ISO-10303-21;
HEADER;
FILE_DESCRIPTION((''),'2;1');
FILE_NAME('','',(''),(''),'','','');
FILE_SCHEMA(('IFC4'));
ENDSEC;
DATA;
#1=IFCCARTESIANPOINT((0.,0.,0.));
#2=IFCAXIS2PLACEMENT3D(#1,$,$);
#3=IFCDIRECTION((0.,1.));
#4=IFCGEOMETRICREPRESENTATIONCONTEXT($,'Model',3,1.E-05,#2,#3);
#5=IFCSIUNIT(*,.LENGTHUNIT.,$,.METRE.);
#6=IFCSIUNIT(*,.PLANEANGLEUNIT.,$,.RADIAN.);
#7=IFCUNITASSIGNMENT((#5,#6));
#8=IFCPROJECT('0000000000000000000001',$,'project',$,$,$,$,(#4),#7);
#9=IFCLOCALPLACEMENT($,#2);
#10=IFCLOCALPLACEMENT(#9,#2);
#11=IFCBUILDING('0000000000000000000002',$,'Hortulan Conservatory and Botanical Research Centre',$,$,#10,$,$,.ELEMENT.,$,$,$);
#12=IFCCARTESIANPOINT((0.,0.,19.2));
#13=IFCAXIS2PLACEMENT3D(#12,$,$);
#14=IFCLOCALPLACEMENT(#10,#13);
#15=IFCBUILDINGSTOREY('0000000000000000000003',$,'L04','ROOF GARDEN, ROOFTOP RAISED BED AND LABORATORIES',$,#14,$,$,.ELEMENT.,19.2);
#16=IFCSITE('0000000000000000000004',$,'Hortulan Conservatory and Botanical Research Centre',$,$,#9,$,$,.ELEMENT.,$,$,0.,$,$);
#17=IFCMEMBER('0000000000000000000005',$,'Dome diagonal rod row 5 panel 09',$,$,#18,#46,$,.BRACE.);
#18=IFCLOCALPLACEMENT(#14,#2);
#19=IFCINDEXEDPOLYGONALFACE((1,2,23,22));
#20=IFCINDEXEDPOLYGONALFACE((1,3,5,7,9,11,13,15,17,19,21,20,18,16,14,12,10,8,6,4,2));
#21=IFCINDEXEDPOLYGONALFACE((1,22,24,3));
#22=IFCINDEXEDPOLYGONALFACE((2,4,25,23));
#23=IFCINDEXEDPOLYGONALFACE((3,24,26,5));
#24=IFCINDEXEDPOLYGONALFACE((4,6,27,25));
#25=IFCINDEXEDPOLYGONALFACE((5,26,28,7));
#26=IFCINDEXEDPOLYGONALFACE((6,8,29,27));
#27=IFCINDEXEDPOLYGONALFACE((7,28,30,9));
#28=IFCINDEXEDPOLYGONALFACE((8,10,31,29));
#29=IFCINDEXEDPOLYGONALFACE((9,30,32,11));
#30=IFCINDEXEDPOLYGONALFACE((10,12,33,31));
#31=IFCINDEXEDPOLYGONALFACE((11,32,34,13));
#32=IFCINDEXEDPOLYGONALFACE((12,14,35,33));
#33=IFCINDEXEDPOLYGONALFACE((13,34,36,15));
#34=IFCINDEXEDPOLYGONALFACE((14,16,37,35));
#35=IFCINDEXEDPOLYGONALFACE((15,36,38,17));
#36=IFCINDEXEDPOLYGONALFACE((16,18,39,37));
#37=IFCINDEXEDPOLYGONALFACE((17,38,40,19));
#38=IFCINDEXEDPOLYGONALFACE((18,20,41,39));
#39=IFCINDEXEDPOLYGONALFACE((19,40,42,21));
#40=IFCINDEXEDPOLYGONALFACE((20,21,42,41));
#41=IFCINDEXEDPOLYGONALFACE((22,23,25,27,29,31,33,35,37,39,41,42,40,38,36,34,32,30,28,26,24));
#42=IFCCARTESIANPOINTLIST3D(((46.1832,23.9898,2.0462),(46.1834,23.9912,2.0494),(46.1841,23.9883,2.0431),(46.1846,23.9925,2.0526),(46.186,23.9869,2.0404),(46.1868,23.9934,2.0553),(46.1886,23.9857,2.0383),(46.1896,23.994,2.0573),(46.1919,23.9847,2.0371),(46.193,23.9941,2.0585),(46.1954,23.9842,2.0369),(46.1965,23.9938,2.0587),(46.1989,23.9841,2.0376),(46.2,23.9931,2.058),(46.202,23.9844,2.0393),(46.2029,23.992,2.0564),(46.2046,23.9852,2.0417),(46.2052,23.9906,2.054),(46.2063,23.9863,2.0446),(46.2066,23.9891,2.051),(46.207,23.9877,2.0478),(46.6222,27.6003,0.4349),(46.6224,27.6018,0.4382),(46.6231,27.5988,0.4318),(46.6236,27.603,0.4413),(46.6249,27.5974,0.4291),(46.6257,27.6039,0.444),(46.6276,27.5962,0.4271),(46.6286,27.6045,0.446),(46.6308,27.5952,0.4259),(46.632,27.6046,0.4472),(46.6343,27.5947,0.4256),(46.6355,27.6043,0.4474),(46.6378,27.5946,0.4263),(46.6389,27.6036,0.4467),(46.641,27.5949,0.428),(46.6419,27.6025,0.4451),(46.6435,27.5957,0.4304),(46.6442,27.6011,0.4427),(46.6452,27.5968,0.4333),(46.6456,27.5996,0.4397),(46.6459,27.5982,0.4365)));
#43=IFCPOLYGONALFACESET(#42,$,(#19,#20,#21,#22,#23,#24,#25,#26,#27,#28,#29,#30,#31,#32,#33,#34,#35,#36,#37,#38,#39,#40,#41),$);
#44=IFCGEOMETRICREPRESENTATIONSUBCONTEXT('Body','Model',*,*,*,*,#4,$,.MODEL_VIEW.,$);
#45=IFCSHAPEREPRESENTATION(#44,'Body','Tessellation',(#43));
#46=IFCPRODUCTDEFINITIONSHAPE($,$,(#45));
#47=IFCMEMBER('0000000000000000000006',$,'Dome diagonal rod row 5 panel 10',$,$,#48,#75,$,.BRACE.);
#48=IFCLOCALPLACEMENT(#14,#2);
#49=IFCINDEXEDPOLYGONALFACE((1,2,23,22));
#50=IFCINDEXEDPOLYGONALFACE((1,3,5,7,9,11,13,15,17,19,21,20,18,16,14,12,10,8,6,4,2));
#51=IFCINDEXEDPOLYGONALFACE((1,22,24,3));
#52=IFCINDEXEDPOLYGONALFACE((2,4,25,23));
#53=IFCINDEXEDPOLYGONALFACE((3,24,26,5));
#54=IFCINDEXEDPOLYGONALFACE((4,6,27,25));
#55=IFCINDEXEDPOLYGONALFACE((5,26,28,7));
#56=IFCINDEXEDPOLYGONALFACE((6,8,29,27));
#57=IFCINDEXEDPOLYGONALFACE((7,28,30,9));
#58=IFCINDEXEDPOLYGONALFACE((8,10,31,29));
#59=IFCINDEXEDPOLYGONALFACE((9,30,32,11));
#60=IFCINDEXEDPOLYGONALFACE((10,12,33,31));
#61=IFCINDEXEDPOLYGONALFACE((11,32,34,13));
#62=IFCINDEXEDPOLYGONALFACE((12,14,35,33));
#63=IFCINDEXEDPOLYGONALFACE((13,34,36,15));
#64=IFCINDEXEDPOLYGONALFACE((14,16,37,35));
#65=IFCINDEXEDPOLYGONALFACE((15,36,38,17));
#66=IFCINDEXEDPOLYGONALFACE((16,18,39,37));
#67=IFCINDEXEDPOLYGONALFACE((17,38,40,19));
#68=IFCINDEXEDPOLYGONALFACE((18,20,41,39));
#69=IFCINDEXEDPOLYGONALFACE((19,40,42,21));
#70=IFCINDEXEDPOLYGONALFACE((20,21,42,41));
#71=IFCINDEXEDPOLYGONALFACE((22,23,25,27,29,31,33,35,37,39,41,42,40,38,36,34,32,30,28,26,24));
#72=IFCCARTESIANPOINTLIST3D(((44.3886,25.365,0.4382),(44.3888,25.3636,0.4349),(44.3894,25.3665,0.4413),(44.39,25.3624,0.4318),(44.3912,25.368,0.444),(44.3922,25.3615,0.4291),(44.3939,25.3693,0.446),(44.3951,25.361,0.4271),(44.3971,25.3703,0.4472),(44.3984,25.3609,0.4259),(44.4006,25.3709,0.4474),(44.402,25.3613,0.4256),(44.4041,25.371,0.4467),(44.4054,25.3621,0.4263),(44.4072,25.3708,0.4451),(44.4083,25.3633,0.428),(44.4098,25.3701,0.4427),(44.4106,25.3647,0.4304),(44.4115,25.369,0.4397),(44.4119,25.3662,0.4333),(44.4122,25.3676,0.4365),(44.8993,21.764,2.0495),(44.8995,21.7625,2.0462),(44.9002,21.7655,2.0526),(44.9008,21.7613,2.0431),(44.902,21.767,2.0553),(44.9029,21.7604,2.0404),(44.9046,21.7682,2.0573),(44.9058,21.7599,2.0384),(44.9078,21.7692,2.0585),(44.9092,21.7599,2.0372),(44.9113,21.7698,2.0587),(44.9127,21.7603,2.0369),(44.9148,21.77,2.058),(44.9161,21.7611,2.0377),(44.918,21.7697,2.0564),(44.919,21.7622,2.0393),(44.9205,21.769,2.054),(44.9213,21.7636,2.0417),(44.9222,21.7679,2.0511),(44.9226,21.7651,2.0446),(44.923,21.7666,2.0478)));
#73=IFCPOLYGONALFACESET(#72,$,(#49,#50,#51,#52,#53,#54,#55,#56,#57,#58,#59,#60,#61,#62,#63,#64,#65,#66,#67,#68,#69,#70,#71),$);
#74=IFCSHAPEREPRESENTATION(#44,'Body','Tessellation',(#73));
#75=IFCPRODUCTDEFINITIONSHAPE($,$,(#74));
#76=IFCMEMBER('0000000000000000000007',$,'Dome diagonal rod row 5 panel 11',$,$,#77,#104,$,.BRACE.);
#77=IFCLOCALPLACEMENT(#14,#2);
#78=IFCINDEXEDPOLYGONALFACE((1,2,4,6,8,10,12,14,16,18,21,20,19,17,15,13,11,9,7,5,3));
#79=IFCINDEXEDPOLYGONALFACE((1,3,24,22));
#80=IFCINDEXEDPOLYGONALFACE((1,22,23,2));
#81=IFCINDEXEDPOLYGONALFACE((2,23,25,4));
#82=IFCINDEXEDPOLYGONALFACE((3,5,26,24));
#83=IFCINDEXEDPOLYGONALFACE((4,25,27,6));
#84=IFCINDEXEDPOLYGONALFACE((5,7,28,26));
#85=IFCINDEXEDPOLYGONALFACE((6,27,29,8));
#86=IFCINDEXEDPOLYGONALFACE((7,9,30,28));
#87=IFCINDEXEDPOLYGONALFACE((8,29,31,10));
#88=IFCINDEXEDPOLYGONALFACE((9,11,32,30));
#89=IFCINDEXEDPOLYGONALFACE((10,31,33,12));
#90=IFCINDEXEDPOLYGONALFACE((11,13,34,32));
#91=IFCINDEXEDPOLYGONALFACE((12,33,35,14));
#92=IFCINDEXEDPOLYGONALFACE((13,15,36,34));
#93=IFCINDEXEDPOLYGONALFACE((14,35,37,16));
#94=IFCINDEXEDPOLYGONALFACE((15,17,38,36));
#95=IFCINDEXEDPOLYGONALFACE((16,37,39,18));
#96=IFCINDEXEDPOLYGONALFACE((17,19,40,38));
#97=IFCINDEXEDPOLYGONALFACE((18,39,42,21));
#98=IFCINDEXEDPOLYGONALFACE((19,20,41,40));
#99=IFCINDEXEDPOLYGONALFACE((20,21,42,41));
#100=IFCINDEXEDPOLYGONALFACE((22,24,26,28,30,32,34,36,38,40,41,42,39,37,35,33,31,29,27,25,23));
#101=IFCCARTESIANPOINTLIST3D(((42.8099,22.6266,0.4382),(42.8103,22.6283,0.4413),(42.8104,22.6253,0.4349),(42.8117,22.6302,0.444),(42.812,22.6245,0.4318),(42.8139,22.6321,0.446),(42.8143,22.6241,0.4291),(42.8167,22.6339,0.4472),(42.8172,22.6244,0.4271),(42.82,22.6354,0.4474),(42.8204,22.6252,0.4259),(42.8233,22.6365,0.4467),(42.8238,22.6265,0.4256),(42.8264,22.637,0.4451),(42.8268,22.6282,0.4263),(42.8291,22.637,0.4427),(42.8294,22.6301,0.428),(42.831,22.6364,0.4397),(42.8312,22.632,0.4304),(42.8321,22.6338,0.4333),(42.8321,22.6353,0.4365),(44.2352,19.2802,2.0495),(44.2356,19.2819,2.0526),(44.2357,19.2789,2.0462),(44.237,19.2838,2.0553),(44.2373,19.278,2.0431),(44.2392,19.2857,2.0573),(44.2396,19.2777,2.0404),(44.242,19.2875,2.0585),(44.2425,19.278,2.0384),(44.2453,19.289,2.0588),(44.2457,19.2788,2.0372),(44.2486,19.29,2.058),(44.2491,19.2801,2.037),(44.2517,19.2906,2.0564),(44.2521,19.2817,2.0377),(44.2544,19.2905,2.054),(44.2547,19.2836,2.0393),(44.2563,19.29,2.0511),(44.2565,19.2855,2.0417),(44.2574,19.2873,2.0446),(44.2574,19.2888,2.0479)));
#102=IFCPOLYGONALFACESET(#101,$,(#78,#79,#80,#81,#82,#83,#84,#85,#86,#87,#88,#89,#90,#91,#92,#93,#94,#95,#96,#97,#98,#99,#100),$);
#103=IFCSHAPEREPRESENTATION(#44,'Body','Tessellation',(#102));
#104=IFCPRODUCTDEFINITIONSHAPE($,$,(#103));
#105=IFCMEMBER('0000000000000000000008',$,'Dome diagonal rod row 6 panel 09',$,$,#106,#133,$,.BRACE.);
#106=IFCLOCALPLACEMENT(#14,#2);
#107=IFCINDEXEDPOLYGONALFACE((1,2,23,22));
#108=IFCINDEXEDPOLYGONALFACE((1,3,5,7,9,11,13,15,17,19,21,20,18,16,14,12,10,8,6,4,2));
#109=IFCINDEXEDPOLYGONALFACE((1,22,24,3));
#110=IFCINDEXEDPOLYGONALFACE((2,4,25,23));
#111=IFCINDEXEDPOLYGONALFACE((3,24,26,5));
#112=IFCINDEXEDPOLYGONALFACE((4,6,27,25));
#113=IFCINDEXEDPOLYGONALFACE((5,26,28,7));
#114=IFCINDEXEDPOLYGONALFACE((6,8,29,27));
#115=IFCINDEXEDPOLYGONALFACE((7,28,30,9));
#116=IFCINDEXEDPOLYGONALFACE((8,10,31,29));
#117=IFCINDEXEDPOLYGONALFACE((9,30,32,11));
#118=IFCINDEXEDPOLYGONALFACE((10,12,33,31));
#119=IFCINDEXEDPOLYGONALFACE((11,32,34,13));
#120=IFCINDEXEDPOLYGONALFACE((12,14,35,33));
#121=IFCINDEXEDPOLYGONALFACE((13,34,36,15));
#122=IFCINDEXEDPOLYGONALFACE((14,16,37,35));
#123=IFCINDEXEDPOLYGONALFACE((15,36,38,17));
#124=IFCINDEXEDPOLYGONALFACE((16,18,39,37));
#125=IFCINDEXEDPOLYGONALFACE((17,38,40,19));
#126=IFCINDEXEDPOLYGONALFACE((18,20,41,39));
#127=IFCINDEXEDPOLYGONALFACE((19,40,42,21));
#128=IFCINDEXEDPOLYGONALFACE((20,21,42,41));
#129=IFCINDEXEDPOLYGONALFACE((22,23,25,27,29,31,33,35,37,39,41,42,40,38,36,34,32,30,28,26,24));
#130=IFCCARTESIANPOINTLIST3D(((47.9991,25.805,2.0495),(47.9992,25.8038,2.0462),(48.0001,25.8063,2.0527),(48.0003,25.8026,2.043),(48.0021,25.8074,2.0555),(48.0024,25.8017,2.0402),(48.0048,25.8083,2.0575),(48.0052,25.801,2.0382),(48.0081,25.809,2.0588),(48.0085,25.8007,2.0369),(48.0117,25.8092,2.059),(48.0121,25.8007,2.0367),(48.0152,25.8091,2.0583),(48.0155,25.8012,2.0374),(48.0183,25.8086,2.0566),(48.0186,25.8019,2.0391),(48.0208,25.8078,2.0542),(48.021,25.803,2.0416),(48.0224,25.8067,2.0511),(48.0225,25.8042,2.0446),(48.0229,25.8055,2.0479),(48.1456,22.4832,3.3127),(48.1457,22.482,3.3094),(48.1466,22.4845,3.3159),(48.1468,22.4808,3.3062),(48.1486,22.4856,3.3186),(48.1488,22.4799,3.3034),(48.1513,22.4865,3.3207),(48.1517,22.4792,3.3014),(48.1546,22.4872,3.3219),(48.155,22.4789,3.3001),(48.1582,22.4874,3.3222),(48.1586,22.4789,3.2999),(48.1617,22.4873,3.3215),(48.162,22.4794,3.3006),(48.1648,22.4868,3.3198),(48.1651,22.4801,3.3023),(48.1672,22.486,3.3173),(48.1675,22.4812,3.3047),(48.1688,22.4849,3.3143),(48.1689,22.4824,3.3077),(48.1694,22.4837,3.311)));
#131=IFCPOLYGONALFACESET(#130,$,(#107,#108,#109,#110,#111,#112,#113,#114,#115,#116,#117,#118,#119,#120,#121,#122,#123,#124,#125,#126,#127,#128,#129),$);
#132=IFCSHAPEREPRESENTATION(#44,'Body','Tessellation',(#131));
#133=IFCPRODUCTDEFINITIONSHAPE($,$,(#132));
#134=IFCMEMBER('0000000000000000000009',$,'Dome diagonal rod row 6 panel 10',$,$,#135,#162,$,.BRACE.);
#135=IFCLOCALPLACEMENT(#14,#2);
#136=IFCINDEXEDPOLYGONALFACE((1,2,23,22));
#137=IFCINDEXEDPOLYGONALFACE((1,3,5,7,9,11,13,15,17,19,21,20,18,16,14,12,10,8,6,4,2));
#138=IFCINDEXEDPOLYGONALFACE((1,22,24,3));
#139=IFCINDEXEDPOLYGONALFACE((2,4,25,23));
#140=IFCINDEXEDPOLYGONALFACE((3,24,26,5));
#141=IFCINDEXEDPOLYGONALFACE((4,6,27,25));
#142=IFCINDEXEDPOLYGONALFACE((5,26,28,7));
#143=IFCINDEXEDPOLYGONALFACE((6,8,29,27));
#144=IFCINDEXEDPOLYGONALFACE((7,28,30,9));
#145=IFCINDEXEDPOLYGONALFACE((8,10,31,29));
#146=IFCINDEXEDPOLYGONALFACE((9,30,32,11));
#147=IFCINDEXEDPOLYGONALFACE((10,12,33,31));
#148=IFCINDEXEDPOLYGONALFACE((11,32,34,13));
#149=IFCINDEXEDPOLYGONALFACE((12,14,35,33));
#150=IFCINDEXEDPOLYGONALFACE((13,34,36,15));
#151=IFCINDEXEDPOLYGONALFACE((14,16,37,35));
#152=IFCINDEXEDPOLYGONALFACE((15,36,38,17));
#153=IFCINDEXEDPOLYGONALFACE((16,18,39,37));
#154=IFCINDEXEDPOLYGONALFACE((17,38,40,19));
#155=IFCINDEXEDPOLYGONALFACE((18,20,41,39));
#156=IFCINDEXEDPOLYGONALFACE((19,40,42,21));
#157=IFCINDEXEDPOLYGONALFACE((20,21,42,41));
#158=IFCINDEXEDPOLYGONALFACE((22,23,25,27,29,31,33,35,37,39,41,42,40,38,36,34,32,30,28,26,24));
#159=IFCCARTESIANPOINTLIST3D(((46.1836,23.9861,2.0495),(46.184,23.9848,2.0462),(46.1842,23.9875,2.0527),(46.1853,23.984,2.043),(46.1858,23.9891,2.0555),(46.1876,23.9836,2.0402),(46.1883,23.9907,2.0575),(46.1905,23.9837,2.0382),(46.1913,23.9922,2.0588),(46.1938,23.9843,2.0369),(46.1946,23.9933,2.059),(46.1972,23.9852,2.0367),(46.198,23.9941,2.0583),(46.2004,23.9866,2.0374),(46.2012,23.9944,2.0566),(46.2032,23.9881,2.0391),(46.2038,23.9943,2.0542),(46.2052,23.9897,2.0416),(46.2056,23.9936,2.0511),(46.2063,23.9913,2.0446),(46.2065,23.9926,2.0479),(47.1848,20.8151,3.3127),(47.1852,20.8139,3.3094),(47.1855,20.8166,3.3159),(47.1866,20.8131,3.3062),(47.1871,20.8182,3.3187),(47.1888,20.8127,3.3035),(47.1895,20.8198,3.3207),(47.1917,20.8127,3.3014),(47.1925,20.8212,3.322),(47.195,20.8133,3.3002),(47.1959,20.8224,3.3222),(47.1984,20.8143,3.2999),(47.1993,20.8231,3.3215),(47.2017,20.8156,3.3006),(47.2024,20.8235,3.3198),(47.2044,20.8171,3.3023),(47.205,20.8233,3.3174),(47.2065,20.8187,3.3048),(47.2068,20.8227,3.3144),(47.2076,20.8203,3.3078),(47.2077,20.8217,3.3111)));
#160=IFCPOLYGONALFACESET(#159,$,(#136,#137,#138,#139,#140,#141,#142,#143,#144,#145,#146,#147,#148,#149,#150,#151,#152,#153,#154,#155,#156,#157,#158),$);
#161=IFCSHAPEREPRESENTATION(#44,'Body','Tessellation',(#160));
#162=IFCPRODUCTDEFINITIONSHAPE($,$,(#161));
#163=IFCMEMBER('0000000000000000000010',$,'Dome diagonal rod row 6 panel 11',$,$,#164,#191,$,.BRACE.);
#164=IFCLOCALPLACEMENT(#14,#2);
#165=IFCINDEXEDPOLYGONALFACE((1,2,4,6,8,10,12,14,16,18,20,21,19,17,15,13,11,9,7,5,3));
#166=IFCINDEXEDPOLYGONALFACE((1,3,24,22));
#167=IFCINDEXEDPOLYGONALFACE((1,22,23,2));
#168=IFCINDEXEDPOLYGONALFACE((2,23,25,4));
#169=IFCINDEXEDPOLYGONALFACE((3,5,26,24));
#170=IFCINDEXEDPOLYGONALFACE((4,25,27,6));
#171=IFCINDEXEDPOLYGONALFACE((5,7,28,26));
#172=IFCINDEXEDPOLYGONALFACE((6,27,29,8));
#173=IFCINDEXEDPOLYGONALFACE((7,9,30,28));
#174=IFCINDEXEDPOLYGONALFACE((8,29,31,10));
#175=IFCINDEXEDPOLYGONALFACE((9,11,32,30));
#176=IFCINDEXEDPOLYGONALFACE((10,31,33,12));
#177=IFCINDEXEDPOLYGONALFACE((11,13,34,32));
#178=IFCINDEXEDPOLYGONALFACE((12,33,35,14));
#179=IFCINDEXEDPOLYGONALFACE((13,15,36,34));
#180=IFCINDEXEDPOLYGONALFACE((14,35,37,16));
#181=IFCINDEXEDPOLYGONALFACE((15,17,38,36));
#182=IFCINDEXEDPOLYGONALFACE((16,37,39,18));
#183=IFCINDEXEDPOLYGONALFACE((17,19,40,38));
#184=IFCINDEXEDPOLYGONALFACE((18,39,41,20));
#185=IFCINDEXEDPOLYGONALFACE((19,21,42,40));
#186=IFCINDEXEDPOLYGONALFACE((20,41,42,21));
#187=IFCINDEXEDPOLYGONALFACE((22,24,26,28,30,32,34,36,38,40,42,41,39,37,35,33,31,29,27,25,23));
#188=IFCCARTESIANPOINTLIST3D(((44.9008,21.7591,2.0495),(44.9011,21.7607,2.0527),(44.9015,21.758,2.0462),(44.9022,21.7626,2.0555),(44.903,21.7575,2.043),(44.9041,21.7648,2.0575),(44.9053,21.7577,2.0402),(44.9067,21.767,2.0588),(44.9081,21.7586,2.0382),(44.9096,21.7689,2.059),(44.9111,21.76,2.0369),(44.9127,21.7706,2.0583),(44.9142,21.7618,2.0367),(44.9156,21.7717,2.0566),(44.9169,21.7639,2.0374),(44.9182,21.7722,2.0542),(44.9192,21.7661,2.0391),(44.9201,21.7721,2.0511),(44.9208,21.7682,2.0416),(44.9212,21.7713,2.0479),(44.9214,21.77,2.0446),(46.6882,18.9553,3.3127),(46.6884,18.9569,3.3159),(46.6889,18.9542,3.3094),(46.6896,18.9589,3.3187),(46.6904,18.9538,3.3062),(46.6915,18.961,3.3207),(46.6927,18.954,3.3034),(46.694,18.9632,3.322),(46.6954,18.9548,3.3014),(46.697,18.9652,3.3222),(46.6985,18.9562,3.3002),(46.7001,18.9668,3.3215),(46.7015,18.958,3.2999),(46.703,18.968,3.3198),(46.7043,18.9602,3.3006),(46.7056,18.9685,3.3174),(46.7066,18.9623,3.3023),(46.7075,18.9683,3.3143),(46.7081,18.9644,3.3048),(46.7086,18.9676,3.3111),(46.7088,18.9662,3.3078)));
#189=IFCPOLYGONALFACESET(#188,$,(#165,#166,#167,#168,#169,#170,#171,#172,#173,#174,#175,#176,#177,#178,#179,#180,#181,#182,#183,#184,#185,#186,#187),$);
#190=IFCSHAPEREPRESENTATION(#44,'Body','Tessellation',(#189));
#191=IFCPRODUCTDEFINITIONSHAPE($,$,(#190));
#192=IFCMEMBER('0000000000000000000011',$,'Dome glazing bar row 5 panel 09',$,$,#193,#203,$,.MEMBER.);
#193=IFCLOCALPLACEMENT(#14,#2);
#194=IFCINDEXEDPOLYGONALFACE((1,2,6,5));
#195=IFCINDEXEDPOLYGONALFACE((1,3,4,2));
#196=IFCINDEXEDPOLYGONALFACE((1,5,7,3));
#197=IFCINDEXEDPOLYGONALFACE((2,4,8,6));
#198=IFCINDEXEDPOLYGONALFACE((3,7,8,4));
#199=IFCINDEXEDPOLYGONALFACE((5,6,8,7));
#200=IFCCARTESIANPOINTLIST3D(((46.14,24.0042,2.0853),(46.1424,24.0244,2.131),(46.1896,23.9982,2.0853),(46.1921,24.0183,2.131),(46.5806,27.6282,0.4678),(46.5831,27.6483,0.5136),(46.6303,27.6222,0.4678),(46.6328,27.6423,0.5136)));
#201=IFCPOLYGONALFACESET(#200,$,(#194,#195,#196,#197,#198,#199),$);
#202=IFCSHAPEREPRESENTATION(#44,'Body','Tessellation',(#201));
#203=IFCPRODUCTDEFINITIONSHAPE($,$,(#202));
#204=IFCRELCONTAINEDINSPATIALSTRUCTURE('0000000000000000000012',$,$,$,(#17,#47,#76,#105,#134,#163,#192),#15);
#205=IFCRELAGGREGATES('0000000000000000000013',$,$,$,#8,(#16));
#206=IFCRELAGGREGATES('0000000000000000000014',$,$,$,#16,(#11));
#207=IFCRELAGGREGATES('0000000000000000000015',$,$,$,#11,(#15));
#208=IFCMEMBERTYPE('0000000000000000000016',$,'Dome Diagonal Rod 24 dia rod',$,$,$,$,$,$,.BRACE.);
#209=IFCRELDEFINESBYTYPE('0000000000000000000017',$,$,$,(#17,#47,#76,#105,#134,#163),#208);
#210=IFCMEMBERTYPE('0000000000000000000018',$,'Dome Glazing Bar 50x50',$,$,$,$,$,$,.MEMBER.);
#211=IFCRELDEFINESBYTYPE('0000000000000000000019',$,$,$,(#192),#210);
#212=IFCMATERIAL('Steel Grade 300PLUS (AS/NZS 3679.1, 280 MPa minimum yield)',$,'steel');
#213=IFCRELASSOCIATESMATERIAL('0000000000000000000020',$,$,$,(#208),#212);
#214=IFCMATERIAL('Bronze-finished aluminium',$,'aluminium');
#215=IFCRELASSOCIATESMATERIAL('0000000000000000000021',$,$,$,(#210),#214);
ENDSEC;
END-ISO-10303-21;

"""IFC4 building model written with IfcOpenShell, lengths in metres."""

from ifc_helpers import new_model, si_unit, direction, frame, origin, origin_2d, place, context, subcontext, project, spatial, rectangle, circle, extrude, material, material_profile, profile_set, type_object, element, save


model = new_model("IFC4")

# Units and contexts
model_context = context("Model", 3, precision=1e-05, world=origin(), true_north=direction((0.0, 1.0)))
body_context = subcontext(model_context, "Body", "Model", "MODEL_VIEW")
ifc_project = project(units=[si_unit("LENGTHUNIT", "METRE"), si_unit("PLANEANGLEUNIT", "RADIAN")], contexts=[model_context])

# Site, building, storey
site_placement = place(None, origin())
site = spatial("IfcSite", under=ifc_project, at=site_placement, Name="Hortulan Conservatory and Botanical Research Centre", CompositionType="ELEMENT", RefElevation=0.0)
building_placement = place(site_placement, origin())
building = spatial("IfcBuilding", under=site, at=building_placement, Name="Hortulan Conservatory and Botanical Research Centre", CompositionType="ELEMENT")
storey_placement = place(building_placement, frame((0.0, 0.0, 19.2)))
storey = spatial("IfcBuildingStorey", under=building, at=storey_placement, Name="L04", Description="ROOF GARDEN, ROOFTOP RAISED BED AND LABORATORIES", CompositionType="ELEMENT", Elevation=19.2)

# Members
ifc_material_1 = material(Name="Steel Grade 300PLUS (AS/NZS 3679.1, 280 MPa minimum yield)", Category="steel")
ifc_material_profile_1 = material_profile(ifc_material_1, circle(Radius=0.012, at=origin_2d()), Name="24 dia rod")
ifc_profile_set_1 = profile_set([ifc_material_profile_1], Name="Steel Grade 300PLUS (AS/NZS 3679.1, 280 MPa minimum yield)")
member_type_1 = type_object("IfcMemberType", Name="Dome Diagonal Rod 24 dia rod", PredefinedType="BRACE", material=ifc_profile_set_1)
for number, where, z_axis, x_axis, name in (
    (1, (46.634, 27.5996, 0.4365), (-0.110345, -0.907613, 0.405047), (0.99269, -0.120688, 0.0), "Dome diagonal rod row 5 panel 09"),
    (2, (44.4004, 25.366, 0.4365), (0.12839, -0.905233, 0.405054), (0.990091, 0.140425, 0.0), "Dome diagonal rod row 5 panel 10"),
):
    element("IfcMember", number, at=place(storey_placement, frame(where, z_axis=z_axis, x_axis=x_axis)), inside=storey, type_object=member_type_1, Name=name, PredefinedType="BRACE", context=body_context, shape_type="SweptSolid", body=[
        extrude(circle(Radius=0.012, at=origin_2d()), origin(), (0.0, 0.0, 1.0), 3.978),
    ])
member_1_placement = place(storey_placement, frame((42.821, 22.6306, 0.4365), z_axis=(0.358271, -0.841183, 0.405034), x_axis=(0.920028, 0.391853, 0.0)))
element("IfcMember", 3, at=member_1_placement, inside=storey, type_object=member_type_1, Name="Dome diagonal rod row 5 panel 11", PredefinedType="BRACE", context=body_context, shape_type="SweptSolid", body=[
    extrude(circle(Radius=0.012, at=origin_2d()), origin(), (0.0, 0.0, 1.0), 3.9783),
])
member_2_placement = place(storey_placement, frame((48.011, 25.8049, 2.0479), z_axis=(0.041184, -0.933906, 0.35514), x_axis=(0.999029, 0.044055, 0.0)))
element("IfcMember", 4, at=member_2_placement, inside=storey, type_object=member_type_1, Name="Dome diagonal rod row 6 panel 09", PredefinedType="BRACE", context=body_context, shape_type="SweptSolid", body=[
    extrude(circle(Radius=0.012, at=origin_2d()), origin(), (0.0, 0.0, 1.0), 3.5569),
])
member_3_placement = place(storey_placement, frame((46.1951, 23.989, 2.0479), z_axis=(0.281474, -0.891438, 0.35512), x_axis=(0.953593, 0.3011, 0.0)))
element("IfcMember", 5, at=member_3_placement, inside=storey, type_object=member_type_1, Name="Dome diagonal rod row 6 panel 10", PredefinedType="BRACE", context=body_context, shape_type="SweptSolid", body=[
    extrude(circle(Radius=0.012, at=origin_2d()), origin(), (0.0, 0.0, 1.0), 3.5571),
])
member_4_placement = place(storey_placement, frame((44.9111, 21.7649, 2.0479), z_axis=(0.502513, -0.788261, 0.355143), x_axis=(0.843229, 0.537555, 0.0)))
element("IfcMember", 6, at=member_4_placement, inside=storey, type_object=member_type_1, Name="Dome diagonal rod row 6 panel 11", PredefinedType="BRACE", context=body_context, shape_type="SweptSolid", body=[
    extrude(circle(Radius=0.012, at=origin_2d()), origin(), (0.0, 0.0, 1.0), 3.5569),
])
ifc_material_2 = material(Name="Bronze-finished aluminium", Category="aluminium")
ifc_material_profile_2 = material_profile(ifc_material_2, rectangle(XDim=0.05, YDim=0.05, at=origin_2d()), Name="Square bar 50x50")
ifc_profile_set_2 = profile_set([ifc_material_profile_2], Name="Bronze-finished aluminium")
member_type_2 = type_object("IfcMemberType", Name="Dome Glazing Bar 50x50", PredefinedType="MEMBER", material=ifc_profile_set_2)
for number, where, z_axis, x_axis, name in (
    (7, (46.6067, 27.6353, 0.4907), (-0.110362, -0.907601, 0.40507), (0.992688, -0.120709, 0.0), "Dome glazing bar row 5 panel 09"),
):
    element("IfcMember", number, at=place(storey_placement, frame(where, z_axis=z_axis, x_axis=x_axis)), inside=storey, type_object=member_type_2, Name=name, PredefinedType="MEMBER", context=body_context, shape_type="SweptSolid", body=[
        extrude(rectangle(XDim=0.05, YDim=0.05, at=origin_2d()), origin(), (0.0, 0.0, 1.0), 3.9929),
    ])

save(model, "model.ifc")
